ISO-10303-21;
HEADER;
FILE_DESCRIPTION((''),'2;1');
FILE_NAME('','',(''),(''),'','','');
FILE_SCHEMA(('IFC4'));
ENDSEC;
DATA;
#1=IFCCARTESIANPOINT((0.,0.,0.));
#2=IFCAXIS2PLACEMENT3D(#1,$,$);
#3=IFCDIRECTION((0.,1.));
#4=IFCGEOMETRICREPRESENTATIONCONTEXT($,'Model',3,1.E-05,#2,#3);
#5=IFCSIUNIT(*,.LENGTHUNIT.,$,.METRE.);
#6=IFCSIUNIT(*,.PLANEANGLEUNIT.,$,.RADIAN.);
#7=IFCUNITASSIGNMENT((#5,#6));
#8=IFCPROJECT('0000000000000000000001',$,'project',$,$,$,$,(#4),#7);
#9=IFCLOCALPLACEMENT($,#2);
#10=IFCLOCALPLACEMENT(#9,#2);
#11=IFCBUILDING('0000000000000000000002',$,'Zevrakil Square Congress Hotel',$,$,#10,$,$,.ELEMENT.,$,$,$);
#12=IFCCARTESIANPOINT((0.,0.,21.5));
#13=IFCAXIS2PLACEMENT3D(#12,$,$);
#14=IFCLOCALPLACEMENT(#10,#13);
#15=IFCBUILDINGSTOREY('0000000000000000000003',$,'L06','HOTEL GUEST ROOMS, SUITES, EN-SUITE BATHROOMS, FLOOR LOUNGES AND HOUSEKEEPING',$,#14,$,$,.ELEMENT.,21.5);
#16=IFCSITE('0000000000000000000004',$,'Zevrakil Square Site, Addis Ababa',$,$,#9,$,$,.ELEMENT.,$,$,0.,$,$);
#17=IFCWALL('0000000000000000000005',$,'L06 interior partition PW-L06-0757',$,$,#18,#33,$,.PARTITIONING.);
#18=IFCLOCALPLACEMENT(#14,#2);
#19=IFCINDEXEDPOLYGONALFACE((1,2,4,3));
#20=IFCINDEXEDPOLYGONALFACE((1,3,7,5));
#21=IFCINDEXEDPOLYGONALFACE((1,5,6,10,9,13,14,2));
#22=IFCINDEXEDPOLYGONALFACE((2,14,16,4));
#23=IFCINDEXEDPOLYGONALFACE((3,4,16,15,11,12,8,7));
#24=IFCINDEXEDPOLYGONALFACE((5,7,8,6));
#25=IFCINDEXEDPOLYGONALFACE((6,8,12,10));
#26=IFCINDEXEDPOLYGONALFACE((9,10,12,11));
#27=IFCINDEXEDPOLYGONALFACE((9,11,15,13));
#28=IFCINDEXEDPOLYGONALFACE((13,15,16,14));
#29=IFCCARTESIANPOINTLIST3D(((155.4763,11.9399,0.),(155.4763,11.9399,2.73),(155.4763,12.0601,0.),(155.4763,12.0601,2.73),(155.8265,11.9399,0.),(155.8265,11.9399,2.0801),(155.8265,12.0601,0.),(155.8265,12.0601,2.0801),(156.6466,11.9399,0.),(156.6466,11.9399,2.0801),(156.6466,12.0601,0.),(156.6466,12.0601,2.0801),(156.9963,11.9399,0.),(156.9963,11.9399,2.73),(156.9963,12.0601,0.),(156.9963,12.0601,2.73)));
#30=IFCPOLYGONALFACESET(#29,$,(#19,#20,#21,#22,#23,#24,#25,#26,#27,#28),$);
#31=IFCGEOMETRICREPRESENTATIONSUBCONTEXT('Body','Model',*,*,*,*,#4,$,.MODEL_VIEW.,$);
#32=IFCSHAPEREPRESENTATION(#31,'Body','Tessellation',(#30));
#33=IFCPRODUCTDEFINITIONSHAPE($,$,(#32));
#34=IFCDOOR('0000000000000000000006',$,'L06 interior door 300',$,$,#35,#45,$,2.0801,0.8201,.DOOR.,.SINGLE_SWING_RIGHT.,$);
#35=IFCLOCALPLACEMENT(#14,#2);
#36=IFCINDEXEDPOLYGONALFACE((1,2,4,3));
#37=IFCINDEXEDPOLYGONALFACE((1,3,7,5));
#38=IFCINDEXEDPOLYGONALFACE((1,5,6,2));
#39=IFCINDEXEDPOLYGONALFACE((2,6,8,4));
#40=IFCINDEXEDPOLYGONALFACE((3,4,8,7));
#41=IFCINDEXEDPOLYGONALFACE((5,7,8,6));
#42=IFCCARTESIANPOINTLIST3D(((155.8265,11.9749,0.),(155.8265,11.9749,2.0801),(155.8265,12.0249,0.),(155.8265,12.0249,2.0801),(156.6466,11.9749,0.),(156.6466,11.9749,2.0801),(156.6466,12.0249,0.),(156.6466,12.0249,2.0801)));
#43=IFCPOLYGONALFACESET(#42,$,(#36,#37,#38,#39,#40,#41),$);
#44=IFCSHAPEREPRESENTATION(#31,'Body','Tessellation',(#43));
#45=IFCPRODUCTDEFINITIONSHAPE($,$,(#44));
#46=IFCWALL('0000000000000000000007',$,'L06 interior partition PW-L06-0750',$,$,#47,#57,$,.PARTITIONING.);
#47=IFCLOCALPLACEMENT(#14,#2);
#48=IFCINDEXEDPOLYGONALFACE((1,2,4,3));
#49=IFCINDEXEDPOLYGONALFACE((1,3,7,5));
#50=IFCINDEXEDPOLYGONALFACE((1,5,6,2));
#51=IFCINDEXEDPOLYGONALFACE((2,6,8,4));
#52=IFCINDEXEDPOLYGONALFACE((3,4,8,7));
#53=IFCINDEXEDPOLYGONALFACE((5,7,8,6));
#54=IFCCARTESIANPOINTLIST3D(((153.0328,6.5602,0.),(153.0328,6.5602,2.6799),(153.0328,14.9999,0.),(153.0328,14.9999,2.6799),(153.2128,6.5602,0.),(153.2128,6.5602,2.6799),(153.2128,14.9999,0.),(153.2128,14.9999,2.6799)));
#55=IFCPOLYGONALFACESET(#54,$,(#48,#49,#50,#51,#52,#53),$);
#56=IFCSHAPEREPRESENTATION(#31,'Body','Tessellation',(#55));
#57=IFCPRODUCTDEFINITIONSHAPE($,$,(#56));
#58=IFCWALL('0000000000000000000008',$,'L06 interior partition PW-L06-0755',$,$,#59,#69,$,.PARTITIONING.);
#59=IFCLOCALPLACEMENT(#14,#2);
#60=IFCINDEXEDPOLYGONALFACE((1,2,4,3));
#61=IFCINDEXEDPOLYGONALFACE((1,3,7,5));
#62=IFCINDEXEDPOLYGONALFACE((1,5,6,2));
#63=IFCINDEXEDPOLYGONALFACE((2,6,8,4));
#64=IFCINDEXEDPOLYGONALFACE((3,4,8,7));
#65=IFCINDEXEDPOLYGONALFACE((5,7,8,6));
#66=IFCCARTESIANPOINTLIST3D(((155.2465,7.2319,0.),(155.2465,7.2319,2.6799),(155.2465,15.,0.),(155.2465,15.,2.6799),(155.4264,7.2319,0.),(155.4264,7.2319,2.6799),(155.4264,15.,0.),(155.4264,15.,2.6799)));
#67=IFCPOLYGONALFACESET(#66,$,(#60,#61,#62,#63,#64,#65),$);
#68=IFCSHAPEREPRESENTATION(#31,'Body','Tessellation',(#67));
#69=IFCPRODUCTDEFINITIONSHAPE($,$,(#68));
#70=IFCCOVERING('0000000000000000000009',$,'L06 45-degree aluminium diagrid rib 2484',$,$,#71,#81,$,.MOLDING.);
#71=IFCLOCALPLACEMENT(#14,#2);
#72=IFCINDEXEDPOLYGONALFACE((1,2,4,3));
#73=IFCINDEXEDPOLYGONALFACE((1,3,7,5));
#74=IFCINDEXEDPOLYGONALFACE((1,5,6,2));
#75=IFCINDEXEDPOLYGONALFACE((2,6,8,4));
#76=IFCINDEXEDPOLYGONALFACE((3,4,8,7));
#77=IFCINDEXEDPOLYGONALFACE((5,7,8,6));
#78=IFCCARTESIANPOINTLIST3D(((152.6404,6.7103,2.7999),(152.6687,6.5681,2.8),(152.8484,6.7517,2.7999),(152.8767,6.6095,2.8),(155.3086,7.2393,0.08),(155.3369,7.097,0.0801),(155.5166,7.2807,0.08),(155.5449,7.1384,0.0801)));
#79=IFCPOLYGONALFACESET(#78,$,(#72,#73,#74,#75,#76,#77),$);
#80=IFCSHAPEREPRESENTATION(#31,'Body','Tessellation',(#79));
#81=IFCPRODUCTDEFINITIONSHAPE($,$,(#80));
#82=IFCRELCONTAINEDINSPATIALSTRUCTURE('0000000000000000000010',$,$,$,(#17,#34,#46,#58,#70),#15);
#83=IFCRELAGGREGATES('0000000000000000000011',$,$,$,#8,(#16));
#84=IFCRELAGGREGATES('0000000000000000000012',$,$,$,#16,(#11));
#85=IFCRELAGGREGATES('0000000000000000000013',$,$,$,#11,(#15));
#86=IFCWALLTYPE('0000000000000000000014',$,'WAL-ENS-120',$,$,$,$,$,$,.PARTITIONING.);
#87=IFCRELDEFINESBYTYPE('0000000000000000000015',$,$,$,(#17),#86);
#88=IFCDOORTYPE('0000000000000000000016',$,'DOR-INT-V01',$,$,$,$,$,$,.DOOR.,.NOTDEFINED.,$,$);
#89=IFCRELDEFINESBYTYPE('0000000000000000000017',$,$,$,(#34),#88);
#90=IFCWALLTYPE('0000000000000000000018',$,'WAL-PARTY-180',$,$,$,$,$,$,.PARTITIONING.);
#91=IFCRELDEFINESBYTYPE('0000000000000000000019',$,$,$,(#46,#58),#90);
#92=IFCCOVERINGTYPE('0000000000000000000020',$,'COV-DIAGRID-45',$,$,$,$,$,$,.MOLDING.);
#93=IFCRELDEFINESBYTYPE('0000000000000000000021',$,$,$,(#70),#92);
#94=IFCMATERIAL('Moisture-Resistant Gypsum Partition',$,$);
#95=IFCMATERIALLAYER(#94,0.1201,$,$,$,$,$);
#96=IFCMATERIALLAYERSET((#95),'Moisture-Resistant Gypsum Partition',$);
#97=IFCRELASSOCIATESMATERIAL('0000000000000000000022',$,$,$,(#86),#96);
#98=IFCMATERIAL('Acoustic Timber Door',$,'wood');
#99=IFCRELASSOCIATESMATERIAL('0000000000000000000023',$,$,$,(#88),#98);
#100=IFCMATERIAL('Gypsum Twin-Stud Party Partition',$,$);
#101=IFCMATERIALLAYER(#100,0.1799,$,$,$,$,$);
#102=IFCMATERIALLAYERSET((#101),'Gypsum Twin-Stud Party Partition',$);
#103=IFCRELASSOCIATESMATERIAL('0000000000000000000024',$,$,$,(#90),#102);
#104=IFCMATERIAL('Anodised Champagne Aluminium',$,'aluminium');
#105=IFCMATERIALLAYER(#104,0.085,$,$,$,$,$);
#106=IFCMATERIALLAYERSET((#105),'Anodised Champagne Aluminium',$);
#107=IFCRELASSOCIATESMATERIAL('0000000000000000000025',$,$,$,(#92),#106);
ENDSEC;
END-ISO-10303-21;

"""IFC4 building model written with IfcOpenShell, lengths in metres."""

from ifc_helpers import new_model, si_unit, direction, frame, frame_2d, origin, place, context, subcontext, project, spatial, polyline, rectangle, outline, extrude, material, layer, layer_set, type_object, element, fill, save


model = new_model("IFC4")

# Units and contexts
model_context = context("Model", 3, precision=1e-05, world=origin(), true_north=direction((0.0, 1.0)))
body_context = subcontext(model_context, "Body", "Model", "MODEL_VIEW")
ifc_project = project(units=[si_unit("LENGTHUNIT", "METRE"), si_unit("PLANEANGLEUNIT", "RADIAN")], contexts=[model_context])

# Site, building, storey
site_placement = place(None, origin())
site = spatial("IfcSite", under=ifc_project, at=site_placement, Name="Zevrakil Square Site, Addis Ababa", CompositionType="ELEMENT", RefElevation=0.0)
building_placement = place(site_placement, origin())
building = spatial("IfcBuilding", under=site, at=building_placement, Name="Zevrakil Square Congress Hotel", CompositionType="ELEMENT")
storey_placement = place(building_placement, frame((0.0, 0.0, 21.5)))
storey = spatial("IfcBuildingStorey", under=building, at=storey_placement, Name="L06", Description="HOTEL GUEST ROOMS, SUITES, EN-SUITE BATHROOMS, FLOOR LOUNGES AND HOUSEKEEPING", CompositionType="ELEMENT", Elevation=21.5)

# Shared definitions
ifc_material_1 = material(Name="Moisture-Resistant Gypsum Partition")
ifc_layer_1 = layer(ifc_material_1, 0.1201)
ifc_layer_set_1 = layer_set([ifc_layer_1], Name="Moisture-Resistant Gypsum Partition")
wall_type_1 = type_object("IfcWallType", Name="WAL-ENS-120", PredefinedType="PARTITIONING", material=ifc_layer_set_1)

# Shared definitions
ifc_material_2 = material(Name="Acoustic Timber Door", Category="wood")
door_type = type_object("IfcDoorType", Name="DOR-INT-V01", OperationType="NOTDEFINED", PredefinedType="DOOR", material=ifc_material_2)

# Wall, opening, door
wall_1_placement = place(storey_placement, frame((155.4763, 12.0, 0.0), z_axis=(0.0, 0.0, 1.0), x_axis=(1.0, 0.0, 0.0)))
wall_1 = element("IfcWall", 1, at=wall_1_placement, inside=storey, type_object=wall_type_1, Name="L06 interior partition PW-L06-0757", PredefinedType="PARTITIONING", context=body_context, shape_type="SweptSolid", body=[
    extrude(rectangle(XDim=1.52, YDim=0.1201, at=frame_2d((0.76, 0.0))), origin(), (0.0, 0.0, 1.0), 2.73),
])
opening_1_placement = place(wall_1_placement, frame((0.3501, 0.0, 0.0)))
opening_1 = element("IfcOpeningElement", 2, at=opening_1_placement, cuts=wall_1, PredefinedType="OPENING", context=body_context, shape_type="SweptSolid", body=[
    extrude(rectangle(XDim=0.8201, YDim=2.0801, at=frame_2d((0.4102, 1.04))), frame((0.0, 0.0701, 0.0), z_axis=(0.0, -1.0, 0.0), x_axis=(1.0, 0.0, 0.0)), (0.0, 0.0, 1.0), 0.1401),
])
door_1_placement = place(opening_1_placement, origin())
door_1 = element("IfcDoor", 3, at=door_1_placement, inside=storey, type_object=door_type, Name="L06 interior door 300", OperationType="SINGLE_SWING_RIGHT", OverallHeight=2.0801, OverallWidth=0.8201, PredefinedType="DOOR", context=body_context, shape_type="SweptSolid", body=[
    extrude(rectangle(XDim=0.8201, YDim=2.0801, at=frame_2d((0.4102, 1.04))), frame((0.0, 0.0249, 0.0), z_axis=(0.0, -1.0, 0.0), x_axis=(1.0, 0.0, 0.0)), (0.0, 0.0, 1.0), 0.05),
])
fill(opening_1, door_1)

# Walls
ifc_material_3 = material(Name="Gypsum Twin-Stud Party Partition")
ifc_layer_2 = layer(ifc_material_3, 0.1799)
ifc_layer_set_2 = layer_set([ifc_layer_2], Name="Gypsum Twin-Stud Party Partition")
wall_type_2 = type_object("IfcWallType", Name="WAL-PARTY-180", PredefinedType="PARTITIONING", material=ifc_layer_set_2)
wall_2_placement = place(storey_placement, frame((153.1228, 6.5603, 0.0), z_axis=(0.0, 0.0, 1.0), x_axis=(0.0, 1.0, 0.0)))
element("IfcWall", 4, at=wall_2_placement, inside=storey, type_object=wall_type_2, Name="L06 interior partition PW-L06-0750", PredefinedType="PARTITIONING", context=body_context, shape_type="SweptSolid", body=[
    extrude(rectangle(XDim=8.4397, YDim=0.1799, at=frame_2d((4.2197, 0.0))), origin(), (0.0, 0.0, 1.0), 2.6799),
])
wall_3_placement = place(storey_placement, frame((155.3364, 7.2319, 0.0), z_axis=(0.0, 0.0, 1.0), x_axis=(0.0, 1.0, 0.0)))
element("IfcWall", 5, at=wall_3_placement, inside=storey, type_object=wall_type_2, Name="L06 interior partition PW-L06-0755", PredefinedType="PARTITIONING", context=body_context, shape_type="SweptSolid", body=[
    extrude(rectangle(XDim=7.7681, YDim=0.1799, at=frame_2d((3.884, 0.0))), origin(), (0.0, 0.0, 1.0), 2.6799),
])

# Covering
ifc_material_4 = material(Name="Anodised Champagne Aluminium", Category="aluminium")
ifc_layer_3 = layer(ifc_material_4, 0.085)
ifc_layer_set_3 = layer_set([ifc_layer_3], Name="Anodised Champagne Aluminium")
covering_type = type_object("IfcCoveringType", Name="COV-DIAGRID-45", PredefinedType="MOLDING", material=ifc_layer_set_3)
covering_placement = place(storey_placement, frame((152.6687, 6.5681, 2.8), z_axis=(0.19512, -0.980779, 0.000683), x_axis=(0.980779, 0.19512, 0.0)))
element("IfcCovering", 6, at=covering_placement, inside=storey, type_object=covering_type, Name="L06 45-degree aluminium diagrid rib 2484", PredefinedType="MOLDING", context=body_context, shape_type="SweptSolid", body=[
    extrude(outline(polyline([(0.0, 0.0), (0.2121, 0.0), (2.9322, -2.72), (2.7201, -2.72), (0.0, 0.0)])), origin(), (0.0, 0.0, -1.0), 0.145),
])

save(model, "model.ifc")
